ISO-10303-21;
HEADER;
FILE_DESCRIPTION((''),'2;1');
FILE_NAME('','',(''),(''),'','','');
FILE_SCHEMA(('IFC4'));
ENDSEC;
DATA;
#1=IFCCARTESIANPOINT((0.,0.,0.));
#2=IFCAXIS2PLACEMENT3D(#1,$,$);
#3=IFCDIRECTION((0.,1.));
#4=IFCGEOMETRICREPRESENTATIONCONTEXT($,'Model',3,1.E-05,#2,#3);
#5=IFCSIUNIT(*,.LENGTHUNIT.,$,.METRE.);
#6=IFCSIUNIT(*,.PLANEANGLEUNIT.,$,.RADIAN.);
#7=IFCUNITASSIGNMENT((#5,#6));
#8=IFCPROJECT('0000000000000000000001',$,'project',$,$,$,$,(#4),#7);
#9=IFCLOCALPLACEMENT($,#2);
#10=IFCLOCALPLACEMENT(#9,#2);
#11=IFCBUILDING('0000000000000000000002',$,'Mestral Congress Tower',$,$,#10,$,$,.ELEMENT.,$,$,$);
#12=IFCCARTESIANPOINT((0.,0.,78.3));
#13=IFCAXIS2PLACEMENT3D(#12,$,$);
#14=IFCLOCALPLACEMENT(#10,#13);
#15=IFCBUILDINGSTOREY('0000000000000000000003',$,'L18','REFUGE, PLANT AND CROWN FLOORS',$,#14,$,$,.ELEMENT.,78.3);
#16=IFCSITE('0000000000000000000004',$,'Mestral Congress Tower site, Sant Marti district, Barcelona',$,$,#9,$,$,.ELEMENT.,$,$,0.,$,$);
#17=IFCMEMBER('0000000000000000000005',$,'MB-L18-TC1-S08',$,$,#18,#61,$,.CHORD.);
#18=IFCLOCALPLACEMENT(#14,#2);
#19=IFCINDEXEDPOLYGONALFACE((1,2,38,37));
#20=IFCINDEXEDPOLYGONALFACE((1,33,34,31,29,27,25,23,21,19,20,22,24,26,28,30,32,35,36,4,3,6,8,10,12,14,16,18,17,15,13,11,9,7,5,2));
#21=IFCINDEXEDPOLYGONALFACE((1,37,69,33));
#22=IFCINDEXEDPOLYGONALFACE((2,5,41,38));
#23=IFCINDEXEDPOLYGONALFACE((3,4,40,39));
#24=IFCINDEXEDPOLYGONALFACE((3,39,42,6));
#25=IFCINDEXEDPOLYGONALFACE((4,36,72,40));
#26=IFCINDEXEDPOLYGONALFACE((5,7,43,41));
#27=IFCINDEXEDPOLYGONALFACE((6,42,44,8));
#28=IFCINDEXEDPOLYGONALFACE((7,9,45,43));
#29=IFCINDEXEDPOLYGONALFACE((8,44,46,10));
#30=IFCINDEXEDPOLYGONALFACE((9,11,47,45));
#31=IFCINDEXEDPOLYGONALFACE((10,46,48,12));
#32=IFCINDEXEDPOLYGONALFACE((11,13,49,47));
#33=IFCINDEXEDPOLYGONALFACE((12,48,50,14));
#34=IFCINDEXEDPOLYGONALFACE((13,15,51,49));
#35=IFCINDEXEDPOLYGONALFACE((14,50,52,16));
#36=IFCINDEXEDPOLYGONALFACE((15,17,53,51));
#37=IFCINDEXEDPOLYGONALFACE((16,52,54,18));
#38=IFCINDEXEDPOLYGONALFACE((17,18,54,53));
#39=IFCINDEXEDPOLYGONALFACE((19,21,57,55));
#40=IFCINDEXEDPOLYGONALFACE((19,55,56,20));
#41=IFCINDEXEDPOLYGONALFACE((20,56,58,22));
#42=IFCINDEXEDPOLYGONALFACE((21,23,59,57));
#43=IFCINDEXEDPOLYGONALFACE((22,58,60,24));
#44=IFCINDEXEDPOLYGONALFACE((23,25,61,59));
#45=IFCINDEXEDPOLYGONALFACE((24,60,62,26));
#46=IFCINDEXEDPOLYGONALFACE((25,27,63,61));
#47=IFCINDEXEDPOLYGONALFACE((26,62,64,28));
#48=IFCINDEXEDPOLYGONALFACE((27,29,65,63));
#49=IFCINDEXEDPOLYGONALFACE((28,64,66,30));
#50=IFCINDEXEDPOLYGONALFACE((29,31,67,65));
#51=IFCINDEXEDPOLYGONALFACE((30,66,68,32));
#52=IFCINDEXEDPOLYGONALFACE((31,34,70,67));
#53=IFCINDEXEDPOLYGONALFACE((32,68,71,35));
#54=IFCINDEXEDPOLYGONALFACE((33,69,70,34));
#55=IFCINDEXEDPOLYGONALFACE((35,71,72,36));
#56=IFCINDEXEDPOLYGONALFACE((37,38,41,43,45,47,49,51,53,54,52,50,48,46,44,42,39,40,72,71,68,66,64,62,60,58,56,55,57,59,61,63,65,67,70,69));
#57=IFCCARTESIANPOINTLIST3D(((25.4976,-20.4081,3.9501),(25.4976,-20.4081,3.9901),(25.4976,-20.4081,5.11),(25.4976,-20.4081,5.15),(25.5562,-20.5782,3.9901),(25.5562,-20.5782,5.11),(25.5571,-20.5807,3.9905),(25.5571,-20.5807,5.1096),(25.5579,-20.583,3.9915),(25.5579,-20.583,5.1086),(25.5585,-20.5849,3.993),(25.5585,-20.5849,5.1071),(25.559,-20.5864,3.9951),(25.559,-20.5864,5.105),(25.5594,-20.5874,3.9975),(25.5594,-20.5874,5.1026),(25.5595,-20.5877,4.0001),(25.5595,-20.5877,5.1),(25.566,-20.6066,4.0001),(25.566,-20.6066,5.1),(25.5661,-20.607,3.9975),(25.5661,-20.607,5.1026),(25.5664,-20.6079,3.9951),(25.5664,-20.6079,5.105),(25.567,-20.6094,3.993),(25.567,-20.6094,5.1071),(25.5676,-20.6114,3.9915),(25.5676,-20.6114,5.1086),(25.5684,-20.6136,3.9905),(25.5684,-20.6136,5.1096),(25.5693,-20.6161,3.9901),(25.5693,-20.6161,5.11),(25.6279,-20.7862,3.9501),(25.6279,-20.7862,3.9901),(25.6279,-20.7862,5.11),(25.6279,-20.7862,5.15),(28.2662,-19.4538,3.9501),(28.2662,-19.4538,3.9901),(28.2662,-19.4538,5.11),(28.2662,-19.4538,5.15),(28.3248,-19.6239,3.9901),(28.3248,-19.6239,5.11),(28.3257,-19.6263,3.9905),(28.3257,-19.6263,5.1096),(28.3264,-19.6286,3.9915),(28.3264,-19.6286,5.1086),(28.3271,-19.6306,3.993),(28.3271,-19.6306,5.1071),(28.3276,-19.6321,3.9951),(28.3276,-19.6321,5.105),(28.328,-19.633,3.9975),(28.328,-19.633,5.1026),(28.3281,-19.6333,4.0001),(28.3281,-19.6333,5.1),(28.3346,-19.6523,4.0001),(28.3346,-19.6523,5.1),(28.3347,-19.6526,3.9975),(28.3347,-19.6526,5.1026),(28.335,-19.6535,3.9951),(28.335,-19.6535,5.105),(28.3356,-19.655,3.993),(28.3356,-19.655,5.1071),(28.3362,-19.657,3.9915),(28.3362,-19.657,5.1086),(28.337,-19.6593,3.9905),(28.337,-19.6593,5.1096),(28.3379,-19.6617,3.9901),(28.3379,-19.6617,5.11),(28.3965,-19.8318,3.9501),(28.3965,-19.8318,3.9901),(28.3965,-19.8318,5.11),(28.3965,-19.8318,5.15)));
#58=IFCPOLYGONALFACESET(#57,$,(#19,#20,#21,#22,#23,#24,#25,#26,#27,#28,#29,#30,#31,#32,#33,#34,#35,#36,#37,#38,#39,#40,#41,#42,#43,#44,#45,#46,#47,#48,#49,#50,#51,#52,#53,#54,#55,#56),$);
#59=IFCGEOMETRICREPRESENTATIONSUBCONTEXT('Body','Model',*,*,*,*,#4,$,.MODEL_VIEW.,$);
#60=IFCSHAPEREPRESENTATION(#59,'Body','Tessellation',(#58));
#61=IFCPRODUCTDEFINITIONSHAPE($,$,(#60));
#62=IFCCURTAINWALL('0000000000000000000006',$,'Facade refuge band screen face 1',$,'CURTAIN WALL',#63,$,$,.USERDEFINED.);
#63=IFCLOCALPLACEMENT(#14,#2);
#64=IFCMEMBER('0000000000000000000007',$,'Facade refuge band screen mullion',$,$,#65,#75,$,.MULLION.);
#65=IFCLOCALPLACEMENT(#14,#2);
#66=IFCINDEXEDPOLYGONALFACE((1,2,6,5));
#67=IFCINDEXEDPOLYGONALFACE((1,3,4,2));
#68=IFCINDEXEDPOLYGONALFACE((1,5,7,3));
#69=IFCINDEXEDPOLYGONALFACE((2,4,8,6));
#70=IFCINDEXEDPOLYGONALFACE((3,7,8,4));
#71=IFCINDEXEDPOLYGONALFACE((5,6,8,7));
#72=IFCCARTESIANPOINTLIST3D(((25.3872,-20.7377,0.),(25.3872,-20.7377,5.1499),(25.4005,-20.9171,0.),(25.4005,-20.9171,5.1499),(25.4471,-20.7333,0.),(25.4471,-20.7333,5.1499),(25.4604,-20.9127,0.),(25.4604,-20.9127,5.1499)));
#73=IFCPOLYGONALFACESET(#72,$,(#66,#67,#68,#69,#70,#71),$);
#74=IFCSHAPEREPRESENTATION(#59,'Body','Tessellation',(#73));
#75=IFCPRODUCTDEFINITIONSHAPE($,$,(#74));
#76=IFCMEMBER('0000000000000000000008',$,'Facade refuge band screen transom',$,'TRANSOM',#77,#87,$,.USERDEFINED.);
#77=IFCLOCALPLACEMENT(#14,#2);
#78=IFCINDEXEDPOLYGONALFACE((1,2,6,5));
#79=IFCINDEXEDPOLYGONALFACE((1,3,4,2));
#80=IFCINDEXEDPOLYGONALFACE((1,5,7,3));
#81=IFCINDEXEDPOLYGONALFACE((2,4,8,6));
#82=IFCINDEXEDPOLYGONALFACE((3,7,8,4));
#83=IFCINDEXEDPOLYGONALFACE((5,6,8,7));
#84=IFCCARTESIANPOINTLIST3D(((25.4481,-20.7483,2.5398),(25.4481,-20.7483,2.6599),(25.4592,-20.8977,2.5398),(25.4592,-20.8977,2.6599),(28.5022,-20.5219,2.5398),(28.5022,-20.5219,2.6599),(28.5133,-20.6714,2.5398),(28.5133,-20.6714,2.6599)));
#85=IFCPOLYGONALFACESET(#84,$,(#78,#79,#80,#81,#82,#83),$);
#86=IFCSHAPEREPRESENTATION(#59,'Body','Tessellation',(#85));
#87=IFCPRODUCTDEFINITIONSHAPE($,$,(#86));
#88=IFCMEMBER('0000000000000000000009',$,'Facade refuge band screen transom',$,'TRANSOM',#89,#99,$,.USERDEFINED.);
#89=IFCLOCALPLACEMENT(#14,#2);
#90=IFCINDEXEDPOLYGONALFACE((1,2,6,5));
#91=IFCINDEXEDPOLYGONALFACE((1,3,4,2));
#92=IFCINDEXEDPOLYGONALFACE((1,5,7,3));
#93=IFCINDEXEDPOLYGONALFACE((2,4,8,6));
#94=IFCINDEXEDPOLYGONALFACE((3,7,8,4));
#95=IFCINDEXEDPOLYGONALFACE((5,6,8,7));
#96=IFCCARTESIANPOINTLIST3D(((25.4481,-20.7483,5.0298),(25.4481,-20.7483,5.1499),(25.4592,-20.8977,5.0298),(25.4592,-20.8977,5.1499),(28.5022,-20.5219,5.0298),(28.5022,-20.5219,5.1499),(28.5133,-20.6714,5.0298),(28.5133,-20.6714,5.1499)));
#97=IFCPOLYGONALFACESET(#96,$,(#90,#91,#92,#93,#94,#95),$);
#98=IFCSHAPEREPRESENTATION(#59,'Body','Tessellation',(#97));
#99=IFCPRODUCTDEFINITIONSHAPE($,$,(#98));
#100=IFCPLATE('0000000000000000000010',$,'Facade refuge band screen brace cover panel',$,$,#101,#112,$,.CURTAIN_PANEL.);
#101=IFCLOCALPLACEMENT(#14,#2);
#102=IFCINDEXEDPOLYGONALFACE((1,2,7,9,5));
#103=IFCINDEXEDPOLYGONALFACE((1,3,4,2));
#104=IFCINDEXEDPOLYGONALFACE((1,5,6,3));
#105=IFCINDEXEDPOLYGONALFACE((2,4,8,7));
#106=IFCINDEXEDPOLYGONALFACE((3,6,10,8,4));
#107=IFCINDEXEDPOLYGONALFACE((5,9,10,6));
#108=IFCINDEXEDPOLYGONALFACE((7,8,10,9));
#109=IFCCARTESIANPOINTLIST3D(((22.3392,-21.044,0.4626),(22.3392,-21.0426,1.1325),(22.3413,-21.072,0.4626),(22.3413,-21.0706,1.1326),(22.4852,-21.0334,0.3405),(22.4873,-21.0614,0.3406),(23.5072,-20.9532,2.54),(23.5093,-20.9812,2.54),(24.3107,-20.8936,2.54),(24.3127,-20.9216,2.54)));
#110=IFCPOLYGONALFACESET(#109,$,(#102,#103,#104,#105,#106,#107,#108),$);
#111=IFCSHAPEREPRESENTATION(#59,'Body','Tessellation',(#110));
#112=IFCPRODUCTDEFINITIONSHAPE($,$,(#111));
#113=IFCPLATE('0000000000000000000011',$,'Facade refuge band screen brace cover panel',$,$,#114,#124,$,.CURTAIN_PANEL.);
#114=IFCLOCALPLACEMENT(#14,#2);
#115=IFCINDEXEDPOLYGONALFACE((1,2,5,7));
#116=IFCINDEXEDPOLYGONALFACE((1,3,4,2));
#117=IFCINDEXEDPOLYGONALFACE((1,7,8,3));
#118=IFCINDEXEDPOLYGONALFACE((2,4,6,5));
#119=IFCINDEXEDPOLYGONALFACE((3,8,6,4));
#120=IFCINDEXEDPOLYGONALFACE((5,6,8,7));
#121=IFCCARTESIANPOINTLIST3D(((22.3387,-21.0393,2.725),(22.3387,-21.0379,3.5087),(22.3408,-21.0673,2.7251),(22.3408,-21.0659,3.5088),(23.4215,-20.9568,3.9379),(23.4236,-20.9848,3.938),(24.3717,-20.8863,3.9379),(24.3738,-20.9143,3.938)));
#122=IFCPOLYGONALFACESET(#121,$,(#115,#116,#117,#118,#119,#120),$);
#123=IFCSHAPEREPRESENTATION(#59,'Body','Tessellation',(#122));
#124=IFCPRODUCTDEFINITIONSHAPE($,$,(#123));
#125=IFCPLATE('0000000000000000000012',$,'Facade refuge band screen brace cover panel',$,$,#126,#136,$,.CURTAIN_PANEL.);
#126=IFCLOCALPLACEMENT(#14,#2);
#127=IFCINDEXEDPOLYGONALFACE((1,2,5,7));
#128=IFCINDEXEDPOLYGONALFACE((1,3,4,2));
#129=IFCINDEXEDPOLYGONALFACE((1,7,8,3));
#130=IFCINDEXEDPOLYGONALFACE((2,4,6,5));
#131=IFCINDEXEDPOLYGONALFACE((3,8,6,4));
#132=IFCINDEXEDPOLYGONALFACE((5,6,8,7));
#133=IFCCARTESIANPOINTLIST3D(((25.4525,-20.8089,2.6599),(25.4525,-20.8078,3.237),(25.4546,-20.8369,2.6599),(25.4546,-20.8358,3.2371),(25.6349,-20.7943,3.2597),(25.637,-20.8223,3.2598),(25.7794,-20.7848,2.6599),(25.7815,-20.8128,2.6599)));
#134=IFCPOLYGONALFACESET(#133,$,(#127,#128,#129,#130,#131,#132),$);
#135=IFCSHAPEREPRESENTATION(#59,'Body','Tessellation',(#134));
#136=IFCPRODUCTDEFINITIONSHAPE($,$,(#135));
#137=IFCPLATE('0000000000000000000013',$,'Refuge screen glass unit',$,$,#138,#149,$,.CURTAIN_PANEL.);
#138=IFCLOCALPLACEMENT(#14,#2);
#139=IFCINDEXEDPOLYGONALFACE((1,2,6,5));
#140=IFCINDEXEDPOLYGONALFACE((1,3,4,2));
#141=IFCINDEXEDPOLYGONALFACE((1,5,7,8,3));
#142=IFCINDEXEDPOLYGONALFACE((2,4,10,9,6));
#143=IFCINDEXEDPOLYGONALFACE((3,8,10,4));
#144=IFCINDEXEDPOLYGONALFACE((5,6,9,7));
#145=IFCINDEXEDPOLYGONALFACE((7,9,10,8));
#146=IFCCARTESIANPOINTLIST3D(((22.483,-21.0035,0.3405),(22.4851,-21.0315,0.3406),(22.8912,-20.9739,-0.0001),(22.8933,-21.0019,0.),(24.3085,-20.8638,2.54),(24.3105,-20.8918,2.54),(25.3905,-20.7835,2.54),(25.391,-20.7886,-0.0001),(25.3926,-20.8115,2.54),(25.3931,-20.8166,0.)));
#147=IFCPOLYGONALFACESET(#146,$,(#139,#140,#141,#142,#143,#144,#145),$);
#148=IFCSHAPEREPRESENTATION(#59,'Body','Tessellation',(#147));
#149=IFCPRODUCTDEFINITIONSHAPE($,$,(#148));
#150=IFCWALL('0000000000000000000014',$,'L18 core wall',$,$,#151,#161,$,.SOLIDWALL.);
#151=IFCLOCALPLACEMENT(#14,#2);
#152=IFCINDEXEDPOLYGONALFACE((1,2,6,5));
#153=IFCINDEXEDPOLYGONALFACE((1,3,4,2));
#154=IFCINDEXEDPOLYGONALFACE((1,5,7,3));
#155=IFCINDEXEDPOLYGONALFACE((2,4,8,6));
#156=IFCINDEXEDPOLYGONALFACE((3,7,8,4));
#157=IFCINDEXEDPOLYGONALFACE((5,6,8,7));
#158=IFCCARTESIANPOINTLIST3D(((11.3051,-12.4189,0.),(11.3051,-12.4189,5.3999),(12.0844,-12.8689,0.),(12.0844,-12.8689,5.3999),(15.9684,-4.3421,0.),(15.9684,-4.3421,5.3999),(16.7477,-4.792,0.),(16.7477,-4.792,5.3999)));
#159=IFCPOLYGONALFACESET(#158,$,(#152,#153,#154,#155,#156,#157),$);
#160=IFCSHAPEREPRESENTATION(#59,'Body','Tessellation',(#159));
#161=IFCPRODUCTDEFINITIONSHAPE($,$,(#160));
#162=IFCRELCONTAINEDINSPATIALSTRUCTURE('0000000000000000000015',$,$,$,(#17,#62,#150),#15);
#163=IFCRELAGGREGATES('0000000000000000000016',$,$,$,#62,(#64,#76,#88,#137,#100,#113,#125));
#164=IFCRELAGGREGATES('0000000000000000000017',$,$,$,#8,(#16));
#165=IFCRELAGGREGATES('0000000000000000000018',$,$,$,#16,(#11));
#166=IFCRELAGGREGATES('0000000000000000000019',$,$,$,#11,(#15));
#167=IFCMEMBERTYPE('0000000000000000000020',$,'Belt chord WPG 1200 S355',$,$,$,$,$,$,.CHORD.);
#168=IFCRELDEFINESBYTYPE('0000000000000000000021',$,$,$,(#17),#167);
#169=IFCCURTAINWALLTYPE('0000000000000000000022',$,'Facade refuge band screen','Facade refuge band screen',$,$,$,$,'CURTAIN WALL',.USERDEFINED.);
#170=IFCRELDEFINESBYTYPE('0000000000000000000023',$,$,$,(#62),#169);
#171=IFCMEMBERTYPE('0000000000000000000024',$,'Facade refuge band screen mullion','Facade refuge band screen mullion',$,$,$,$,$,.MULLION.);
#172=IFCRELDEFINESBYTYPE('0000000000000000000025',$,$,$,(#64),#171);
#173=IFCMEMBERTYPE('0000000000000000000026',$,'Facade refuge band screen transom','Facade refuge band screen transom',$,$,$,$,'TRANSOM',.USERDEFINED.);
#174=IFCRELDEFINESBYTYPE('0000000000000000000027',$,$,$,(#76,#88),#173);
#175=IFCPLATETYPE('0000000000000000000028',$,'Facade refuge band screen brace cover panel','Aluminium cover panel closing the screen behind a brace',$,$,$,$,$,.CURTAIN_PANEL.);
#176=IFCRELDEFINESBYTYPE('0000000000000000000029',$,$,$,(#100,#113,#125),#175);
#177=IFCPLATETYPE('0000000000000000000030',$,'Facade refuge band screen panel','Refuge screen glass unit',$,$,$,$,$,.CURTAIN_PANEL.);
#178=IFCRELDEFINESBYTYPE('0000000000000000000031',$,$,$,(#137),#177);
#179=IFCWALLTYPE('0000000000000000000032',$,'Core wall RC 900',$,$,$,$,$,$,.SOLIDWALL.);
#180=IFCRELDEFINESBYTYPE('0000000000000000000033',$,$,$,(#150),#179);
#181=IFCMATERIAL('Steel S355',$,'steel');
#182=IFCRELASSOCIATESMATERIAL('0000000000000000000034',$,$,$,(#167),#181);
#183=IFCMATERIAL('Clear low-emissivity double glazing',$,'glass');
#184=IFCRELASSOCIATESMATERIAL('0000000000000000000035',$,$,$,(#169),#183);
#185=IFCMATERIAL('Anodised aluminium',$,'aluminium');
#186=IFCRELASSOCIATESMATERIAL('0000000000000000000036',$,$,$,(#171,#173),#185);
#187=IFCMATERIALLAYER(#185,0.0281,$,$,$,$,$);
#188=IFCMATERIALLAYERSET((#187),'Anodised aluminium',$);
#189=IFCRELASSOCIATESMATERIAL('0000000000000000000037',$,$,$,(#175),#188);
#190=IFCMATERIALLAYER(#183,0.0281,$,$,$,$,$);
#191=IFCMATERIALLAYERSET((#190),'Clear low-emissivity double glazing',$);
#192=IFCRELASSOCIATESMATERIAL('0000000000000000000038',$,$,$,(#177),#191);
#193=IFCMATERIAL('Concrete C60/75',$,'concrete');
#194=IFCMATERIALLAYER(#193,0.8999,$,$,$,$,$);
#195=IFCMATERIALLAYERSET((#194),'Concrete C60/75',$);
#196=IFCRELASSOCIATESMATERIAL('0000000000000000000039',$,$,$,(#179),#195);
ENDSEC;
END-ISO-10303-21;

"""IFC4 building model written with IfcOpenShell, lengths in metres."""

from ifc_helpers import new_model, si_unit, direction, frame, frame_2d, origin, origin_2d, place, context, subcontext, project, spatial, polyline, rectangle, i_section, outline, extrude, material, layer, layer_set, material_profile, profile_set, type_object, element, aggregate, save


model = new_model("IFC4")

# Units and contexts
model_context = context("Model", 3, precision=1e-05, world=origin(), true_north=direction((0.0, 1.0)))
body_context = subcontext(model_context, "Body", "Model", "MODEL_VIEW")
ifc_project = project(units=[si_unit("LENGTHUNIT", "METRE"), si_unit("PLANEANGLEUNIT", "RADIAN")], contexts=[model_context])

# Site, building, storey
site_placement = place(None, origin())
site = spatial("IfcSite", under=ifc_project, at=site_placement, Name="Mestral Congress Tower site, Sant Marti district, Barcelona", CompositionType="ELEMENT", RefElevation=0.0)
building_placement = place(site_placement, origin())
building = spatial("IfcBuilding", under=site, at=building_placement, Name="Mestral Congress Tower", CompositionType="ELEMENT")
storey_placement = place(building_placement, frame((0.0, 0.0, 78.3)))
storey = spatial("IfcBuildingStorey", under=building, at=storey_placement, Name="L18", Description="REFUGE, PLANT AND CROWN FLOORS", CompositionType="ELEMENT", Elevation=78.3)

# Member
ifc_material_1 = material(Name="Steel S355", Category="steel")
ifc_material_profile_1 = material_profile(ifc_material_1, i_section(OverallWidth=0.3999, OverallDepth=1.2, WebThickness=0.02, FlangeThickness=0.04, FilletRadius=0.01, at=origin_2d()), Name="WPG 1200")
ifc_profile_set_1 = profile_set([ifc_material_profile_1], Name="Steel S355")
member_type_1 = type_object("IfcMemberType", Name="Belt chord WPG 1200 S355", PredefinedType="CHORD", material=ifc_profile_set_1)
member_1_placement = place(storey_placement, frame((25.5627, -20.5972, 4.55), z_axis=(0.945408, 0.32589, 0.0), x_axis=(-0.32589, 0.945408, 0.0)))
element("IfcMember", 1, at=member_1_placement, inside=storey, type_object=member_type_1, Name="MB-L18-TC1-S08", PredefinedType="CHORD", context=body_context, shape_type="SweptSolid", body=[
    extrude(i_section(OverallWidth=0.3999, OverallDepth=1.2, WebThickness=0.02, FlangeThickness=0.04, FilletRadius=0.01, at=origin_2d()), origin(), (0.0, 0.0, 1.0), 2.9285),
])

# Curtain wall, members, plates
ifc_material_2 = material(Name="Clear low-emissivity double glazing", Category="glass")
curtain_wall_type = type_object("IfcCurtainWallType", Name="Facade refuge band screen", Description="Facade refuge band screen", ElementType="CURTAIN WALL", PredefinedType="USERDEFINED", material=ifc_material_2)
curtain_wall_placement = place(storey_placement, origin())
curtain_wall = element("IfcCurtainWall", 2, at=curtain_wall_placement, inside=storey, type_object=curtain_wall_type, Name="Facade refuge band screen face 1", ObjectType="CURTAIN WALL", PredefinedType="USERDEFINED")
ifc_material_3 = material(Name="Anodised aluminium", Category="aluminium")
ifc_material_profile_2 = material_profile(ifc_material_3, rectangle(XDim=0.1799, YDim=0.0601, at=origin_2d()), Name="CW3 mullion 180 x 60")
ifc_profile_set_2 = profile_set([ifc_material_profile_2], Name="Anodised aluminium")
member_type_2 = type_object("IfcMemberType", Name="Facade refuge band screen mullion", Description="Facade refuge band screen mullion", PredefinedType="MULLION", material=ifc_profile_set_2)
member_2_placement = place(storey_placement, frame((25.4238, -20.8252, 0.0), z_axis=(0.0, 0.0, 1.0), x_axis=(0.073879, -0.997267, 0.0)))
member_2 = element("IfcMember", 3, at=member_2_placement, type_object=member_type_2, Name="Facade refuge band screen mullion", PredefinedType="MULLION", context=body_context, shape_type="SweptSolid", body=[
    extrude(rectangle(XDim=0.1799, YDim=0.0601, at=origin_2d()), origin(), (0.0, 0.0, 1.0), 5.1499),
])
ifc_material_profile_3 = material_profile(ifc_material_3, rectangle(XDim=0.1499, YDim=0.1201, at=origin_2d()), Name="CW3 transom 150 x 120")
ifc_profile_set_3 = profile_set([ifc_material_profile_3], Name="Anodised aluminium")
member_type_3 = type_object("IfcMemberType", Name="Facade refuge band screen transom", Description="Facade refuge band screen transom", ElementType="TRANSOM", PredefinedType="USERDEFINED", material=ifc_profile_set_3)
member_3_placement = place(storey_placement, frame((25.4536, -20.823, 2.5999), z_axis=(0.997266, 0.073898, 0.0), x_axis=(-0.073898, 0.997266, 0.0)))
member_3 = element("IfcMember", 4, at=member_3_placement, type_object=member_type_3, Name="Facade refuge band screen transom", ObjectType="TRANSOM", PredefinedType="USERDEFINED", context=body_context, shape_type="SweptSolid", body=[
    extrude(rectangle(XDim=0.1499, YDim=0.1201, at=origin_2d()), origin(), (0.0, 0.0, 1.0), 3.0625),
])
member_4_placement = place(storey_placement, frame((25.4536, -20.823, 5.0898), z_axis=(0.997266, 0.073898, 0.0), x_axis=(-0.073898, 0.997266, 0.0)))
member_4 = element("IfcMember", 5, at=member_4_placement, type_object=member_type_3, Name="Facade refuge band screen transom", ObjectType="TRANSOM", PredefinedType="USERDEFINED", context=body_context, shape_type="SweptSolid", body=[
    extrude(rectangle(XDim=0.1499, YDim=0.1201, at=origin_2d()), origin(), (0.0, 0.0, 1.0), 3.0625),
])
ifc_layer_1 = layer(ifc_material_3, 0.0281)
ifc_layer_set_1 = layer_set([ifc_layer_1], Name="Anodised aluminium")
plate_type_1 = type_object("IfcPlateType", Name="Facade refuge band screen brace cover panel", Description="Aluminium cover panel closing the screen behind a brace", PredefinedType="CURTAIN_PANEL", material=ifc_layer_set_1)
plate_1_placement = place(storey_placement, frame((24.3127, -20.9216, 2.54), z_axis=(0.073982, -0.997258, 0.001959), x_axis=(-0.637882, -0.048832, -0.768584)))
plate_1 = element("IfcPlate", 6, at=plate_1_placement, type_object=plate_type_1, Name="Facade refuge band screen brace cover panel", PredefinedType="CURTAIN_PANEL", context=body_context, shape_type="SweptSolid", body=[
    extrude(outline(polyline([(0.0, 0.0), (2.8617, 0.0), (2.8615, -0.1906), (2.3466, -0.6191), (0.5154, -0.6192), (0.0, 0.0)])), origin(), (0.0, 0.0, -1.0), 0.0281),
])
plate_2_placement = place(storey_placement, frame((24.3738, -20.9143, 3.938), z_axis=(0.073993, -0.997257, 0.001794), x_axis=(-0.856985, -0.064505, -0.511288)))
plate_2 = element("IfcPlate", 7, at=plate_2_placement, type_object=plate_type_1, Name="Facade refuge band screen brace cover panel", PredefinedType="CURTAIN_PANEL", context=body_context, shape_type="SweptSolid", body=[
    extrude(outline(polyline([(0.0, 0.0), (2.3722, 0.0), (1.9714, -0.6735), (0.8189, -0.4872), (0.0, 0.0)])), origin(), (0.0, 0.0, -1.0), 0.0281),
])
plate_3_placement = place(storey_placement, frame((25.637, -20.8223, 3.2598), z_axis=(0.073536, -0.997291, 0.001997), x_axis=(0.234221, 0.015324, -0.972063)))
plate_3 = element("IfcPlate", 8, at=plate_3_placement, type_object=plate_type_1, Name="Facade refuge band screen brace cover panel", PredefinedType="CURTAIN_PANEL", context=body_context, shape_type="SweptSolid", body=[
    extrude(outline(polyline([(0.0, 0.0), (0.6171, 0.0), (0.5402, -0.3186), (-0.0209, -0.1831), (0.0, 0.0)])), origin(), (0.0, 0.0, -1.0), 0.0281),
])
ifc_layer_2 = layer(ifc_material_2, 0.0281)
ifc_layer_set_2 = layer_set([ifc_layer_2], Name="Clear low-emissivity double glazing")
plate_type_2 = type_object("IfcPlateType", Name="Facade refuge band screen panel", Description="Refuge screen glass unit", PredefinedType="CURTAIN_PANEL", material=ifc_layer_set_2)
plate_4_placement = place(storey_placement, frame((25.3926, -20.8115, 2.54), z_axis=(0.073942, -0.997261, 0.002), x_axis=(0.00019, -0.001991, -0.999998)))
plate_4 = element("IfcPlate", 9, at=plate_4_placement, type_object=plate_type_2, Name="Refuge screen glass unit", PredefinedType="CURTAIN_PANEL", context=body_context, shape_type="SweptSolid", body=[
    extrude(outline(polyline([(0.0, 0.0), (2.54, 0.0), (2.5399, -2.5066), (2.1993, -2.9159), (0.0, -1.085), (0.0, 0.0)])), origin(), (0.0, 0.0, -1.0), 0.0281),
])
aggregate(curtain_wall, [member_2, member_3, member_4, plate_4, plate_1, plate_2, plate_3])

# Wall
ifc_material_4 = material(Name="Concrete C60/75", Category="concrete")
ifc_layer_3 = layer(ifc_material_4, 0.8999)
ifc_layer_set_3 = layer_set([ifc_layer_3], Name="Concrete C60/75")
wall_type_1 = type_object("IfcWallType", Name="Core wall RC 900", PredefinedType="SOLIDWALL", material=ifc_layer_set_3)
wall_1_placement = place(storey_placement, frame((11.6948, -12.6438, 0.0), z_axis=(0.0, 0.0, 1.0), x_axis=(0.50001, 0.866019, 0.0)))
element("IfcWall", 10, at=wall_1_placement, inside=storey, type_object=wall_type_1, Name="L18 core wall", PredefinedType="SOLIDWALL", context=body_context, shape_type="SweptSolid", body=[
    extrude(rectangle(XDim=9.3264, YDim=0.8999, at=frame_2d((4.6631, 0.0))), origin(), (0.0, 0.0, 1.0), 5.3999),
])

save(model, "model.ifc")
